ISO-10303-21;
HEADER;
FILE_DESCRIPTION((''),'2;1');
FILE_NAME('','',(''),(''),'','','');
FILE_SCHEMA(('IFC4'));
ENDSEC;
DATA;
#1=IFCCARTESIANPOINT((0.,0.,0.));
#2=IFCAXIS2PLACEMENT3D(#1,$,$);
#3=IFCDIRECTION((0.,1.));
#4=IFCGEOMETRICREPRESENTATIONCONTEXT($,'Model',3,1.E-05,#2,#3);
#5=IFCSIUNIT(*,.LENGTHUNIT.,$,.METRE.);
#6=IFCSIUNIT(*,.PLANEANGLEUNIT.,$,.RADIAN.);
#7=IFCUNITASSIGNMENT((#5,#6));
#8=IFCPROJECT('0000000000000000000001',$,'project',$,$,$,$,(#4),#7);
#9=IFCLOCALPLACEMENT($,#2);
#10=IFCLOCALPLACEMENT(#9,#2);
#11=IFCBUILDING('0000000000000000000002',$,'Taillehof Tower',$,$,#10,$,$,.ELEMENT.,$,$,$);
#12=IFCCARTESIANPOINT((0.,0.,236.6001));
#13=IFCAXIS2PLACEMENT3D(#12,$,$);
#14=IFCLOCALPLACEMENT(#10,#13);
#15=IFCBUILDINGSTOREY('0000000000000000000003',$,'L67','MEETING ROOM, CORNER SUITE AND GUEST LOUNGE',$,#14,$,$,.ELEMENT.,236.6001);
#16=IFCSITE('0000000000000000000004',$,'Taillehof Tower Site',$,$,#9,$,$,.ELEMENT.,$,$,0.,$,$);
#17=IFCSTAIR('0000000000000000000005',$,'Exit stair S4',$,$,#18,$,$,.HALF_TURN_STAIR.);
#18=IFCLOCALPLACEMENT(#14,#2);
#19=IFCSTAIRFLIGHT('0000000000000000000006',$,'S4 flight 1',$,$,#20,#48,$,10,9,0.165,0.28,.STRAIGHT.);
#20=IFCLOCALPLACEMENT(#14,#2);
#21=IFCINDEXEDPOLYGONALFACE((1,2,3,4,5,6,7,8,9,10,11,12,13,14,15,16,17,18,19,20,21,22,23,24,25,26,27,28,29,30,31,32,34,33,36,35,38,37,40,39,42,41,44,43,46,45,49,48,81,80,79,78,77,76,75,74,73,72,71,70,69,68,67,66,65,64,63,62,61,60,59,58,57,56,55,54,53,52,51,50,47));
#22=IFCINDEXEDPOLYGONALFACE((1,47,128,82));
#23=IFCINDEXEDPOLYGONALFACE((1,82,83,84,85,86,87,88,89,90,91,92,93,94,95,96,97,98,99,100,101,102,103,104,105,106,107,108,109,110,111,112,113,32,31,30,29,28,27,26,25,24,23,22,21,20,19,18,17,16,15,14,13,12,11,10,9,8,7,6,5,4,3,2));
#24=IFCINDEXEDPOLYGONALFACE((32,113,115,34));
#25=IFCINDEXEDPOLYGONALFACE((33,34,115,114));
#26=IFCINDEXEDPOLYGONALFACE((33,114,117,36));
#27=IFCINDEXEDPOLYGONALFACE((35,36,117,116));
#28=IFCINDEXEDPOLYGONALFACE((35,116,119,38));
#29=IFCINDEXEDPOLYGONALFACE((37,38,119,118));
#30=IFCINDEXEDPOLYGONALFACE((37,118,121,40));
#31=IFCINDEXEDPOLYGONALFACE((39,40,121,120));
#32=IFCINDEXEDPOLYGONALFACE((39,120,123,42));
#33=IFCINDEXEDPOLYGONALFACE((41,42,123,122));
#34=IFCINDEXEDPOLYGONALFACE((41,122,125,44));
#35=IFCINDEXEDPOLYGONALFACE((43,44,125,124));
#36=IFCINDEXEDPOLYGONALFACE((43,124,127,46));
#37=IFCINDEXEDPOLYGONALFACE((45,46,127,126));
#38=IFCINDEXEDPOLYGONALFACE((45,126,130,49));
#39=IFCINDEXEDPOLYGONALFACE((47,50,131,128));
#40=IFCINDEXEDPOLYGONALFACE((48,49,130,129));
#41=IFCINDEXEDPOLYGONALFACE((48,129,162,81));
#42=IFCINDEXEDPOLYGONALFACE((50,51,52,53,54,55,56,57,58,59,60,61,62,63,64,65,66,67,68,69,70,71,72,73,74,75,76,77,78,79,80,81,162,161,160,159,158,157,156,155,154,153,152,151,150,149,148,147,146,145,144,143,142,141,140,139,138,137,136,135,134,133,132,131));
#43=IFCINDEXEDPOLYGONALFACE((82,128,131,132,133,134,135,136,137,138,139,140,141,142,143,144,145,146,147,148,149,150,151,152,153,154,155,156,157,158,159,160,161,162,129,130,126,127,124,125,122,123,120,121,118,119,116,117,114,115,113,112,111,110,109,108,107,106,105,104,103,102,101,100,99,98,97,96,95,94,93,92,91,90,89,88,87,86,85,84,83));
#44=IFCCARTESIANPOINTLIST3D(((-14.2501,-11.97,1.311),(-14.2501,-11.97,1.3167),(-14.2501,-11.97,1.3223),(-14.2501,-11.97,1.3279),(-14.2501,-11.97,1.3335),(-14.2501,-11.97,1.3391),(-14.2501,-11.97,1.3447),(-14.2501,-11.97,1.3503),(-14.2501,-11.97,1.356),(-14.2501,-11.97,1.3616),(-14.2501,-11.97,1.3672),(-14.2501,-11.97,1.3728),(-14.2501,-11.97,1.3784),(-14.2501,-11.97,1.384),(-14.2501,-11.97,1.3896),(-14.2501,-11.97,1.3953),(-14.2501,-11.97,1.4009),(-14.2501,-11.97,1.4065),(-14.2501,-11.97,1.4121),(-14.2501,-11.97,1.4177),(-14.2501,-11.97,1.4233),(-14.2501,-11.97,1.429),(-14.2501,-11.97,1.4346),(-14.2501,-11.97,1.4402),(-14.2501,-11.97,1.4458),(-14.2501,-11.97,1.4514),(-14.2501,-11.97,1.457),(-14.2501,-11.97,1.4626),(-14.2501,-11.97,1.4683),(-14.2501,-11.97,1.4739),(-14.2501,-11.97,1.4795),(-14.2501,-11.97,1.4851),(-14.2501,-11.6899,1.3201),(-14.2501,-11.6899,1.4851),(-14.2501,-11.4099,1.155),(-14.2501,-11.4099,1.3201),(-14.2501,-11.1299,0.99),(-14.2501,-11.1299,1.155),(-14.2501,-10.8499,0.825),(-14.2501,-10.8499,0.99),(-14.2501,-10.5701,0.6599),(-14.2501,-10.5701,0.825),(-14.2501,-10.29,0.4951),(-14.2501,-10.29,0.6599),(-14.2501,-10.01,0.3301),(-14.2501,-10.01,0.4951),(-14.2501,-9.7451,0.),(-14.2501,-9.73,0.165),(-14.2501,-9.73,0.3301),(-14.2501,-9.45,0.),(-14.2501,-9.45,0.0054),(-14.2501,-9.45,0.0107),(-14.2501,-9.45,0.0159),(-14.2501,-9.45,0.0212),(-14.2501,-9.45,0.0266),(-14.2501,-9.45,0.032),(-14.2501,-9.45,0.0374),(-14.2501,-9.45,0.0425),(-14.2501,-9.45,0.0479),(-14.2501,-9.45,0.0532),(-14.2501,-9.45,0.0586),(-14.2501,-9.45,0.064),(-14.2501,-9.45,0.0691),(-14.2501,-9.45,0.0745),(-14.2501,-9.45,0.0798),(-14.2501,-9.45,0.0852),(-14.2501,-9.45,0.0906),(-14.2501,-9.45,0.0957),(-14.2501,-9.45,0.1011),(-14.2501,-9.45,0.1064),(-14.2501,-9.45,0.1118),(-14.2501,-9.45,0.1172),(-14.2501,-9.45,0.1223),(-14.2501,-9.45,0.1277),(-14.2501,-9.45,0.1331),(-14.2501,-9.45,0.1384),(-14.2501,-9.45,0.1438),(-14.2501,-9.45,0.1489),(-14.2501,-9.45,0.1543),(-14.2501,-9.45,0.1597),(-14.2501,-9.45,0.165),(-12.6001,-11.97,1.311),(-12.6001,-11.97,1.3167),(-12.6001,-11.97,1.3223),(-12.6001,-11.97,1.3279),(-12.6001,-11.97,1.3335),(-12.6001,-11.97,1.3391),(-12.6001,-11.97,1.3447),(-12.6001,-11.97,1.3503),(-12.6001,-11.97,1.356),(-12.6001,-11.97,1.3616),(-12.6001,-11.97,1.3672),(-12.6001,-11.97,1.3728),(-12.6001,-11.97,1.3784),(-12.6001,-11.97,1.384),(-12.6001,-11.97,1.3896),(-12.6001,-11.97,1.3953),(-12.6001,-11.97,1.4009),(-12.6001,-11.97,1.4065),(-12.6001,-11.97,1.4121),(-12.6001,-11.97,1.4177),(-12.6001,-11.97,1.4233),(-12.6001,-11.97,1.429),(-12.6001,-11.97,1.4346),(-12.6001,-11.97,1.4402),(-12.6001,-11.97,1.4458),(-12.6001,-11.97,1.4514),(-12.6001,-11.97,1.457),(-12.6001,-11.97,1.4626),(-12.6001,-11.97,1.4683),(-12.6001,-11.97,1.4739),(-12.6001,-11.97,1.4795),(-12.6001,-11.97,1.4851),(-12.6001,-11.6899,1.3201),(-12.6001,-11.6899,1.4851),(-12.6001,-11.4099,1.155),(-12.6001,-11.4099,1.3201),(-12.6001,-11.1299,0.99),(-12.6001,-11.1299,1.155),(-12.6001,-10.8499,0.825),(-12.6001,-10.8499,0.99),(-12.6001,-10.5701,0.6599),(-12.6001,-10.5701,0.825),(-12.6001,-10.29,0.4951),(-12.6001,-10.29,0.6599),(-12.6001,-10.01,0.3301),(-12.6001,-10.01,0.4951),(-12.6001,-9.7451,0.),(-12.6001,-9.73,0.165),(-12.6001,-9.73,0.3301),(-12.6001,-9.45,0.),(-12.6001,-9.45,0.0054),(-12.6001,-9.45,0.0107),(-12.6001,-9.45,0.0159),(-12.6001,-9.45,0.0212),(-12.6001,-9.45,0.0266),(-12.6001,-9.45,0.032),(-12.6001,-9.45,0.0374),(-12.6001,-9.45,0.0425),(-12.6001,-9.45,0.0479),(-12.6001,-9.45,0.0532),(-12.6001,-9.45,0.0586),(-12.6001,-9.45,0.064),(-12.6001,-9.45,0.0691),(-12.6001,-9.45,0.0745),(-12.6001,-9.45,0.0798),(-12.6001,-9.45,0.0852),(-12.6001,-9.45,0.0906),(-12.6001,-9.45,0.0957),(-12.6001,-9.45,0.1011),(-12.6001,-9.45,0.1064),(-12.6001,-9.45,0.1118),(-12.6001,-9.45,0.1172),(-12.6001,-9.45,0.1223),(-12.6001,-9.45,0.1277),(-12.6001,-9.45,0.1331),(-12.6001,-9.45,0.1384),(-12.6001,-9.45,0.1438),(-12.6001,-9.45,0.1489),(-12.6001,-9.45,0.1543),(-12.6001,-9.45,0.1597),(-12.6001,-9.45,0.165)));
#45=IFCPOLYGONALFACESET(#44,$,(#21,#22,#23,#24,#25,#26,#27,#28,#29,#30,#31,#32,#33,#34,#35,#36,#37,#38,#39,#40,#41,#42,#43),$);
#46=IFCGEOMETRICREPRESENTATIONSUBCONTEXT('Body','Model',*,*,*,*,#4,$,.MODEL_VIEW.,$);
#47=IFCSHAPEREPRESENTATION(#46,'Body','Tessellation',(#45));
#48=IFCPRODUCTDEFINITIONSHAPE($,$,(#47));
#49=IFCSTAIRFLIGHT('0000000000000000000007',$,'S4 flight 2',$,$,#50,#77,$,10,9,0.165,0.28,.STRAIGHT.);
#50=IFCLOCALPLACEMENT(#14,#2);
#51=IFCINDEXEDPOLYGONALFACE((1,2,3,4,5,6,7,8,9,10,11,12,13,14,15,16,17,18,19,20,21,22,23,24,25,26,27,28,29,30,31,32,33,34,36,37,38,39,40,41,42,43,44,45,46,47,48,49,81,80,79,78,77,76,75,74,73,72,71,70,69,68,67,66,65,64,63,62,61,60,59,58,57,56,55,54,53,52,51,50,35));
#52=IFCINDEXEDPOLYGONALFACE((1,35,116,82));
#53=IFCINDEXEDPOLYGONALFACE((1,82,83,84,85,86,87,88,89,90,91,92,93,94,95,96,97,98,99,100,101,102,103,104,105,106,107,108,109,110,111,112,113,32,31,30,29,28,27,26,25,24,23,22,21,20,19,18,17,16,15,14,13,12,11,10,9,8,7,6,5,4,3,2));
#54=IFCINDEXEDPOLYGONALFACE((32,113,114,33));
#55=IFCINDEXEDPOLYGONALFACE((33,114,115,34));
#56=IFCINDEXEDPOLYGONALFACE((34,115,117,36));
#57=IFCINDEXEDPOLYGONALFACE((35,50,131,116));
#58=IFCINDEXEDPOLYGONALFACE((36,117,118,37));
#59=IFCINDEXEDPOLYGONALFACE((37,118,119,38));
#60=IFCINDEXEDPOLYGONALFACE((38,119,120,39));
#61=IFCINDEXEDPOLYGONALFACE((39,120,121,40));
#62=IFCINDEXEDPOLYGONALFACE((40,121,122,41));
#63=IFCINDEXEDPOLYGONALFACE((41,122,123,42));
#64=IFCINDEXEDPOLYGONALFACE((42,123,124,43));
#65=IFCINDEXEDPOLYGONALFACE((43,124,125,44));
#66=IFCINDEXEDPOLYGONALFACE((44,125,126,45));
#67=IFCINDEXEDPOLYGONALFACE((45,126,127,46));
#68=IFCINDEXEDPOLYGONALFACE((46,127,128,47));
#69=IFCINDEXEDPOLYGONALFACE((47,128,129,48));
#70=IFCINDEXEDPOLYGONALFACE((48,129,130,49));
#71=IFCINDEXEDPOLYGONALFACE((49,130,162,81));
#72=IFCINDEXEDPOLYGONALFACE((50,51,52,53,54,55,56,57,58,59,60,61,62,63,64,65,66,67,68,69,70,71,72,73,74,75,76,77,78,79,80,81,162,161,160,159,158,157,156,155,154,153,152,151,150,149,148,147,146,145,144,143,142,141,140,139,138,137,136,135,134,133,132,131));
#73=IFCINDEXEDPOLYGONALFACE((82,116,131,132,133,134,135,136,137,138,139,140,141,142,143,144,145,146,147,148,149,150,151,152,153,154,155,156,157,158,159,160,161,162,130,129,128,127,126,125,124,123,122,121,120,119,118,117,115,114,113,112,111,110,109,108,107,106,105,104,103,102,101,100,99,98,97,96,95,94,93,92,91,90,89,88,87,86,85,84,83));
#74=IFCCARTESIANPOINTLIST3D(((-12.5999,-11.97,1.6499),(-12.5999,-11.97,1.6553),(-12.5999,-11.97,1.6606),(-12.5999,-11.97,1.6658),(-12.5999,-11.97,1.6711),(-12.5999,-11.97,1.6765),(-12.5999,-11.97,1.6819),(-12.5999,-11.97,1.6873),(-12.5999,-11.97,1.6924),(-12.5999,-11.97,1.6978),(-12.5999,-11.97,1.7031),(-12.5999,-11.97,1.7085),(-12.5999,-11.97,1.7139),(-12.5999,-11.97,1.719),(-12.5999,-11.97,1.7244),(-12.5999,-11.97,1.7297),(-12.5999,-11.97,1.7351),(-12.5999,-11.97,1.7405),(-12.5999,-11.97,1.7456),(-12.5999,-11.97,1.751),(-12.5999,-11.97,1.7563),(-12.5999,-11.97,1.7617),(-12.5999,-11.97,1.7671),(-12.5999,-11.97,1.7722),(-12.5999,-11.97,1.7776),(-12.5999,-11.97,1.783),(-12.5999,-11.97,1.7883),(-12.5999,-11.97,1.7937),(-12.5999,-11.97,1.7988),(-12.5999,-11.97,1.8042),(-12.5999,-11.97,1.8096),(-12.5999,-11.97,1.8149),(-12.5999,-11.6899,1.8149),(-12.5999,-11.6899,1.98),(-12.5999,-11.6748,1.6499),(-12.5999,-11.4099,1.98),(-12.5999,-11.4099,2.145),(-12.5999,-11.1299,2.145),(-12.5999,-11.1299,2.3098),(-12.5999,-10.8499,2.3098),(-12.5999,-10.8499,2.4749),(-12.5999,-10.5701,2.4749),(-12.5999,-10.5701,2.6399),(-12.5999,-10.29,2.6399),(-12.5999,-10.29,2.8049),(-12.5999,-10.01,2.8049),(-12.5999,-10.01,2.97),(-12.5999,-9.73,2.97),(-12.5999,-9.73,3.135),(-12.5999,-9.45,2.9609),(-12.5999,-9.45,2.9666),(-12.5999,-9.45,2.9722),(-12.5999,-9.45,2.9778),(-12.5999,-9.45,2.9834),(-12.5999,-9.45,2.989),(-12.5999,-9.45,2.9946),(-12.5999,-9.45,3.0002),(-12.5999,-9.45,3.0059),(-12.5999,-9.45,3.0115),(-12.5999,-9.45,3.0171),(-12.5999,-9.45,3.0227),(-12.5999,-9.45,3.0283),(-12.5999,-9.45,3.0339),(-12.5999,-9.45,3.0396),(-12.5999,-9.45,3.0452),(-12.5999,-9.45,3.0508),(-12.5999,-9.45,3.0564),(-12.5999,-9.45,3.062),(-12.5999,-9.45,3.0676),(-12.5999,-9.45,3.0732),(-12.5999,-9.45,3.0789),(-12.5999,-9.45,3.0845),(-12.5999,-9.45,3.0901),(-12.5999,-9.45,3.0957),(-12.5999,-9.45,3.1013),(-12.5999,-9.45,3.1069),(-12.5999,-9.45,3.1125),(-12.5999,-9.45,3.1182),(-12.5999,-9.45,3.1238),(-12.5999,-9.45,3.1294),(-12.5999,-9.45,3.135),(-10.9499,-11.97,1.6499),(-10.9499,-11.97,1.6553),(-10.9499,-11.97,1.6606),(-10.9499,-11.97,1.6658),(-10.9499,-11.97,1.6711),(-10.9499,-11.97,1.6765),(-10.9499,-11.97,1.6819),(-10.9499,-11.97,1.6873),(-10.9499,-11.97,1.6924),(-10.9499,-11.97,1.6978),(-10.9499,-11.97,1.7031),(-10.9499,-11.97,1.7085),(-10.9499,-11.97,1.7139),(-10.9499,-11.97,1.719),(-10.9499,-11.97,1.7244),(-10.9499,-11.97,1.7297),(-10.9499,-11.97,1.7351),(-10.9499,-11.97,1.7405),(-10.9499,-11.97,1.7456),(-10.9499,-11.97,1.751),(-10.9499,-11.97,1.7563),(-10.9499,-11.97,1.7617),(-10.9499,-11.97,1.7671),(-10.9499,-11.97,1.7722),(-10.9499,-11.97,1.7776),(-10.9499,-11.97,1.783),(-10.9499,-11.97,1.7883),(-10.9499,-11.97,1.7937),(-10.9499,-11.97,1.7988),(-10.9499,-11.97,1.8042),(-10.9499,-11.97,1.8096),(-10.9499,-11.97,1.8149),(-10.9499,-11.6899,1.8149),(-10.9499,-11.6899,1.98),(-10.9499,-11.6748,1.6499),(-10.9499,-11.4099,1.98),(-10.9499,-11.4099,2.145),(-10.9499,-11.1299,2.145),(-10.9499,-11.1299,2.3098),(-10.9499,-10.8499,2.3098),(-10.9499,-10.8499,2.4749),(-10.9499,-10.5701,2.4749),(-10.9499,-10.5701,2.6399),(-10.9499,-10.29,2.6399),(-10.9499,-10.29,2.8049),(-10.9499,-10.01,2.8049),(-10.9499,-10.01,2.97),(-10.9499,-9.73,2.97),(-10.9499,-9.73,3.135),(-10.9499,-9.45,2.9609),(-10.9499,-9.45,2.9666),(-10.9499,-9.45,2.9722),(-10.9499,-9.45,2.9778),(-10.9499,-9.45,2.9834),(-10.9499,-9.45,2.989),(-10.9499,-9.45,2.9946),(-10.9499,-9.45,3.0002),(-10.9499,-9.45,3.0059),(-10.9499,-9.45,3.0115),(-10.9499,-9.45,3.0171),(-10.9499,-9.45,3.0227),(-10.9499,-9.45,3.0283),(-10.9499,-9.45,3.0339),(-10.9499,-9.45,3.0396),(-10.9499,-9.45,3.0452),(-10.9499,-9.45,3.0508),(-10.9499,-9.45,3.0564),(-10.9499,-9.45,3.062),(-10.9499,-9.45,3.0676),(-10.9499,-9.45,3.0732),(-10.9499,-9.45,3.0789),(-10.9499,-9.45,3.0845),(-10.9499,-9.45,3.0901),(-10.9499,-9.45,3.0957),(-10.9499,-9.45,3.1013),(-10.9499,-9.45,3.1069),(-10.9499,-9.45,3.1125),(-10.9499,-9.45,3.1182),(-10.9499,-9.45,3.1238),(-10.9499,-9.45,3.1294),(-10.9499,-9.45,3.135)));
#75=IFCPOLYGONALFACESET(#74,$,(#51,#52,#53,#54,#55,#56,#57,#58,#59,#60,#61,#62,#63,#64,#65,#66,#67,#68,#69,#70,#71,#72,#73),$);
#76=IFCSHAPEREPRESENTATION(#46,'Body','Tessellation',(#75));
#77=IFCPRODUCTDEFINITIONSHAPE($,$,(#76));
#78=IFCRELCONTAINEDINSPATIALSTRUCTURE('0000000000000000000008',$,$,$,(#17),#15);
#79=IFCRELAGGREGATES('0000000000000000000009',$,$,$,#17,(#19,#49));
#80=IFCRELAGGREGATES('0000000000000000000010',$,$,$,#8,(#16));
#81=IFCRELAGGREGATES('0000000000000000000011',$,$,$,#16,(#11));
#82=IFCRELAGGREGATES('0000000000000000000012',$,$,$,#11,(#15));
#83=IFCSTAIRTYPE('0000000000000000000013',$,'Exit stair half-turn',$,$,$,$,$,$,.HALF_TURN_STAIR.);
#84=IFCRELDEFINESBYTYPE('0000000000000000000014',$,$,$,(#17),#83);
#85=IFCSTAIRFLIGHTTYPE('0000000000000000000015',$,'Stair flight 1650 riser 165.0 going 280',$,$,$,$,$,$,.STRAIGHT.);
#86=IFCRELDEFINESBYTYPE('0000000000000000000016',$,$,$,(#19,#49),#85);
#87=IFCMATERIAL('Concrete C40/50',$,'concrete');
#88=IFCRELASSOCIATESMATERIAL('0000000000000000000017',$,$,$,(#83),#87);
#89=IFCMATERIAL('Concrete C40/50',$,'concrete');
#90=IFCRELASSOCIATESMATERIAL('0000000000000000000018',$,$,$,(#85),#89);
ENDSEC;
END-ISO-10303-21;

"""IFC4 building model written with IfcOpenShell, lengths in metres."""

from ifc_helpers import new_model, si_unit, direction, frame, origin, place, context, subcontext, project, spatial, polyline, outline, extrude, material, type_object, element, aggregate, save


model = new_model("IFC4")

# Units and contexts
model_context = context("Model", 3, precision=1e-05, world=origin(), true_north=direction((0.0, 1.0)))
body_context = subcontext(model_context, "Body", "Model", "MODEL_VIEW")
ifc_project = project(units=[si_unit("LENGTHUNIT", "METRE"), si_unit("PLANEANGLEUNIT", "RADIAN")], contexts=[model_context])

# Site, building, storey
site_placement = place(None, origin())
site = spatial("IfcSite", under=ifc_project, at=site_placement, Name="Taillehof Tower Site", CompositionType="ELEMENT", RefElevation=0.0)
building_placement = place(site_placement, origin())
building = spatial("IfcBuilding", under=site, at=building_placement, Name="Taillehof Tower", CompositionType="ELEMENT")
storey_placement = place(building_placement, frame((0.0, 0.0, 236.6001)))
storey = spatial("IfcBuildingStorey", under=building, at=storey_placement, Name="L67", Description="MEETING ROOM, CORNER SUITE AND GUEST LOUNGE", CompositionType="ELEMENT", Elevation=236.6001)

# Stair, stair flights
ifc_material_1 = material(Name="Concrete C40/50", Category="concrete")
stair_type = type_object("IfcStairType", Name="Exit stair half-turn", PredefinedType="HALF_TURN_STAIR", material=ifc_material_1)
stair_placement = place(storey_placement, origin())
stair = element("IfcStair", 1, at=stair_placement, inside=storey, type_object=stair_type, Name="Exit stair S4", PredefinedType="HALF_TURN_STAIR")
ifc_material_2 = material(Name="Concrete C40/50", Category="concrete")
stair_flight_type = type_object("IfcStairFlightType", Name="Stair flight 1650 riser 165.0 going 280", PredefinedType="STRAIGHT", material=ifc_material_2)
stair_flight_1_placement = place(storey_placement, frame((-13.425, -9.45, 0.0), z_axis=(0.0, 0.0, 1.0), x_axis=(0.0, -1.0, 0.0)))
stair_flight_1 = element("IfcStairFlight", 2, at=stair_flight_1_placement, type_object=stair_flight_type, Name="S4 flight 1", NumberOfRisers=10, NumberOfTreads=9, PredefinedType="STRAIGHT", RiserHeight=0.165, TreadLength=0.28, context=body_context, shape_type="SweptSolid", body=[
    extrude(outline(polyline([(0.0, 0.0), (0.0, 0.0054), (0.0, 0.0107), (0.0, 0.0159), (0.0, 0.0212), (0.0, 0.0266), (0.0, 0.032), (0.0, 0.0374), (0.0, 0.0425), (0.0, 0.0479), (0.0, 0.0532), (0.0, 0.0586), (0.0, 0.064), (0.0, 0.0691), (0.0, 0.0745), (0.0, 0.0798), (0.0, 0.0852), (0.0, 0.0906), (0.0, 0.0957), (0.0, 0.1011), (0.0, 0.1064), (0.0, 0.1118), (0.0, 0.1172), (0.0, 0.1223), (0.0, 0.1277), (0.0, 0.1331), (0.0, 0.1384), (0.0, 0.1438), (0.0, 0.1489), (0.0, 0.1543), (0.0, 0.1597), (0.0, 0.165), (0.28, 0.165), (0.28, 0.3301), (0.5601, 0.3301), (0.5601, 0.4951), (0.8401, 0.4951), (0.8401, 0.6599), (1.1201, 0.6599), (1.1201, 0.825), (1.3999, 0.825), (1.3999, 0.99), (1.6799, 0.99), (1.6799, 1.155), (1.96, 1.155), (1.96, 1.3201), (2.24, 1.3201), (2.24, 1.4851), (2.52, 1.4851), (2.52, 1.4795), (2.52, 1.4739), (2.52, 1.4683), (2.52, 1.4626), (2.52, 1.457), (2.52, 1.4514), (2.52, 1.4458), (2.52, 1.4402), (2.52, 1.4346), (2.52, 1.429), (2.52, 1.4233), (2.52, 1.4177), (2.52, 1.4121), (2.52, 1.4065), (2.52, 1.4009), (2.52, 1.3953), (2.52, 1.3896), (2.52, 1.384), (2.52, 1.3784), (2.52, 1.3728), (2.52, 1.3672), (2.52, 1.3616), (2.52, 1.356), (2.52, 1.3503), (2.52, 1.3447), (2.52, 1.3391), (2.52, 1.3335), (2.52, 1.3279), (2.52, 1.3223), (2.52, 1.3167), (2.52, 1.311), (0.2952, 0.0), (0.0, 0.0)])), frame((0.0, 0.825, 0.0), z_axis=(0.0, -1.0, 0.0), x_axis=(1.0, 0.0, 0.0)), (0.0, 0.0, 1.0), 1.65),
])
stair_flight_2_placement = place(storey_placement, frame((-11.7749, -11.97, 1.6499), z_axis=(0.0, 0.0, 1.0), x_axis=(0.0, 1.0, 0.0)))
stair_flight_2 = element("IfcStairFlight", 3, at=stair_flight_2_placement, type_object=stair_flight_type, Name="S4 flight 2", NumberOfRisers=10, NumberOfTreads=9, PredefinedType="STRAIGHT", RiserHeight=0.165, TreadLength=0.28, context=body_context, shape_type="SweptSolid", body=[
    extrude(outline(polyline([(0.0, 0.0), (0.0, 0.0054), (0.0, 0.0107), (0.0, 0.0159), (0.0, 0.0212), (0.0, 0.0266), (0.0, 0.032), (0.0, 0.0374), (0.0, 0.0425), (0.0, 0.0479), (0.0, 0.0532), (0.0, 0.0586), (0.0, 0.064), (0.0, 0.0691), (0.0, 0.0745), (0.0, 0.0798), (0.0, 0.0852), (0.0, 0.0906), (0.0, 0.0957), (0.0, 0.1011), (0.0, 0.1064), (0.0, 0.1118), (0.0, 0.1172), (0.0, 0.1223), (0.0, 0.1277), (0.0, 0.1331), (0.0, 0.1384), (0.0, 0.1438), (0.0, 0.1489), (0.0, 0.1543), (0.0, 0.1597), (0.0, 0.165), (0.28, 0.165), (0.28, 0.3301), (0.5601, 0.3301), (0.5601, 0.4951), (0.8401, 0.4951), (0.8401, 0.6599), (1.1201, 0.6599), (1.1201, 0.825), (1.3999, 0.825), (1.3999, 0.99), (1.6799, 0.99), (1.6799, 1.155), (1.96, 1.155), (1.96, 1.3201), (2.24, 1.3201), (2.24, 1.4851), (2.52, 1.4851), (2.52, 1.4795), (2.52, 1.4739), (2.52, 1.4683), (2.52, 1.4626), (2.52, 1.457), (2.52, 1.4514), (2.52, 1.4458), (2.52, 1.4402), (2.52, 1.4346), (2.52, 1.429), (2.52, 1.4233), (2.52, 1.4177), (2.52, 1.4121), (2.52, 1.4065), (2.52, 1.4009), (2.52, 1.3953), (2.52, 1.3896), (2.52, 1.384), (2.52, 1.3784), (2.52, 1.3728), (2.52, 1.3672), (2.52, 1.3616), (2.52, 1.356), (2.52, 1.3503), (2.52, 1.3447), (2.52, 1.3391), (2.52, 1.3335), (2.52, 1.3279), (2.52, 1.3223), (2.52, 1.3167), (2.52, 1.311), (0.2952, 0.0), (0.0, 0.0)])), frame((0.0, 0.825, 0.0), z_axis=(0.0, -1.0, 0.0), x_axis=(1.0, 0.0, 0.0)), (0.0, 0.0, 1.0), 1.65),
])
aggregate(stair, [stair_flight_1, stair_flight_2])

save(model, "model.ifc")
